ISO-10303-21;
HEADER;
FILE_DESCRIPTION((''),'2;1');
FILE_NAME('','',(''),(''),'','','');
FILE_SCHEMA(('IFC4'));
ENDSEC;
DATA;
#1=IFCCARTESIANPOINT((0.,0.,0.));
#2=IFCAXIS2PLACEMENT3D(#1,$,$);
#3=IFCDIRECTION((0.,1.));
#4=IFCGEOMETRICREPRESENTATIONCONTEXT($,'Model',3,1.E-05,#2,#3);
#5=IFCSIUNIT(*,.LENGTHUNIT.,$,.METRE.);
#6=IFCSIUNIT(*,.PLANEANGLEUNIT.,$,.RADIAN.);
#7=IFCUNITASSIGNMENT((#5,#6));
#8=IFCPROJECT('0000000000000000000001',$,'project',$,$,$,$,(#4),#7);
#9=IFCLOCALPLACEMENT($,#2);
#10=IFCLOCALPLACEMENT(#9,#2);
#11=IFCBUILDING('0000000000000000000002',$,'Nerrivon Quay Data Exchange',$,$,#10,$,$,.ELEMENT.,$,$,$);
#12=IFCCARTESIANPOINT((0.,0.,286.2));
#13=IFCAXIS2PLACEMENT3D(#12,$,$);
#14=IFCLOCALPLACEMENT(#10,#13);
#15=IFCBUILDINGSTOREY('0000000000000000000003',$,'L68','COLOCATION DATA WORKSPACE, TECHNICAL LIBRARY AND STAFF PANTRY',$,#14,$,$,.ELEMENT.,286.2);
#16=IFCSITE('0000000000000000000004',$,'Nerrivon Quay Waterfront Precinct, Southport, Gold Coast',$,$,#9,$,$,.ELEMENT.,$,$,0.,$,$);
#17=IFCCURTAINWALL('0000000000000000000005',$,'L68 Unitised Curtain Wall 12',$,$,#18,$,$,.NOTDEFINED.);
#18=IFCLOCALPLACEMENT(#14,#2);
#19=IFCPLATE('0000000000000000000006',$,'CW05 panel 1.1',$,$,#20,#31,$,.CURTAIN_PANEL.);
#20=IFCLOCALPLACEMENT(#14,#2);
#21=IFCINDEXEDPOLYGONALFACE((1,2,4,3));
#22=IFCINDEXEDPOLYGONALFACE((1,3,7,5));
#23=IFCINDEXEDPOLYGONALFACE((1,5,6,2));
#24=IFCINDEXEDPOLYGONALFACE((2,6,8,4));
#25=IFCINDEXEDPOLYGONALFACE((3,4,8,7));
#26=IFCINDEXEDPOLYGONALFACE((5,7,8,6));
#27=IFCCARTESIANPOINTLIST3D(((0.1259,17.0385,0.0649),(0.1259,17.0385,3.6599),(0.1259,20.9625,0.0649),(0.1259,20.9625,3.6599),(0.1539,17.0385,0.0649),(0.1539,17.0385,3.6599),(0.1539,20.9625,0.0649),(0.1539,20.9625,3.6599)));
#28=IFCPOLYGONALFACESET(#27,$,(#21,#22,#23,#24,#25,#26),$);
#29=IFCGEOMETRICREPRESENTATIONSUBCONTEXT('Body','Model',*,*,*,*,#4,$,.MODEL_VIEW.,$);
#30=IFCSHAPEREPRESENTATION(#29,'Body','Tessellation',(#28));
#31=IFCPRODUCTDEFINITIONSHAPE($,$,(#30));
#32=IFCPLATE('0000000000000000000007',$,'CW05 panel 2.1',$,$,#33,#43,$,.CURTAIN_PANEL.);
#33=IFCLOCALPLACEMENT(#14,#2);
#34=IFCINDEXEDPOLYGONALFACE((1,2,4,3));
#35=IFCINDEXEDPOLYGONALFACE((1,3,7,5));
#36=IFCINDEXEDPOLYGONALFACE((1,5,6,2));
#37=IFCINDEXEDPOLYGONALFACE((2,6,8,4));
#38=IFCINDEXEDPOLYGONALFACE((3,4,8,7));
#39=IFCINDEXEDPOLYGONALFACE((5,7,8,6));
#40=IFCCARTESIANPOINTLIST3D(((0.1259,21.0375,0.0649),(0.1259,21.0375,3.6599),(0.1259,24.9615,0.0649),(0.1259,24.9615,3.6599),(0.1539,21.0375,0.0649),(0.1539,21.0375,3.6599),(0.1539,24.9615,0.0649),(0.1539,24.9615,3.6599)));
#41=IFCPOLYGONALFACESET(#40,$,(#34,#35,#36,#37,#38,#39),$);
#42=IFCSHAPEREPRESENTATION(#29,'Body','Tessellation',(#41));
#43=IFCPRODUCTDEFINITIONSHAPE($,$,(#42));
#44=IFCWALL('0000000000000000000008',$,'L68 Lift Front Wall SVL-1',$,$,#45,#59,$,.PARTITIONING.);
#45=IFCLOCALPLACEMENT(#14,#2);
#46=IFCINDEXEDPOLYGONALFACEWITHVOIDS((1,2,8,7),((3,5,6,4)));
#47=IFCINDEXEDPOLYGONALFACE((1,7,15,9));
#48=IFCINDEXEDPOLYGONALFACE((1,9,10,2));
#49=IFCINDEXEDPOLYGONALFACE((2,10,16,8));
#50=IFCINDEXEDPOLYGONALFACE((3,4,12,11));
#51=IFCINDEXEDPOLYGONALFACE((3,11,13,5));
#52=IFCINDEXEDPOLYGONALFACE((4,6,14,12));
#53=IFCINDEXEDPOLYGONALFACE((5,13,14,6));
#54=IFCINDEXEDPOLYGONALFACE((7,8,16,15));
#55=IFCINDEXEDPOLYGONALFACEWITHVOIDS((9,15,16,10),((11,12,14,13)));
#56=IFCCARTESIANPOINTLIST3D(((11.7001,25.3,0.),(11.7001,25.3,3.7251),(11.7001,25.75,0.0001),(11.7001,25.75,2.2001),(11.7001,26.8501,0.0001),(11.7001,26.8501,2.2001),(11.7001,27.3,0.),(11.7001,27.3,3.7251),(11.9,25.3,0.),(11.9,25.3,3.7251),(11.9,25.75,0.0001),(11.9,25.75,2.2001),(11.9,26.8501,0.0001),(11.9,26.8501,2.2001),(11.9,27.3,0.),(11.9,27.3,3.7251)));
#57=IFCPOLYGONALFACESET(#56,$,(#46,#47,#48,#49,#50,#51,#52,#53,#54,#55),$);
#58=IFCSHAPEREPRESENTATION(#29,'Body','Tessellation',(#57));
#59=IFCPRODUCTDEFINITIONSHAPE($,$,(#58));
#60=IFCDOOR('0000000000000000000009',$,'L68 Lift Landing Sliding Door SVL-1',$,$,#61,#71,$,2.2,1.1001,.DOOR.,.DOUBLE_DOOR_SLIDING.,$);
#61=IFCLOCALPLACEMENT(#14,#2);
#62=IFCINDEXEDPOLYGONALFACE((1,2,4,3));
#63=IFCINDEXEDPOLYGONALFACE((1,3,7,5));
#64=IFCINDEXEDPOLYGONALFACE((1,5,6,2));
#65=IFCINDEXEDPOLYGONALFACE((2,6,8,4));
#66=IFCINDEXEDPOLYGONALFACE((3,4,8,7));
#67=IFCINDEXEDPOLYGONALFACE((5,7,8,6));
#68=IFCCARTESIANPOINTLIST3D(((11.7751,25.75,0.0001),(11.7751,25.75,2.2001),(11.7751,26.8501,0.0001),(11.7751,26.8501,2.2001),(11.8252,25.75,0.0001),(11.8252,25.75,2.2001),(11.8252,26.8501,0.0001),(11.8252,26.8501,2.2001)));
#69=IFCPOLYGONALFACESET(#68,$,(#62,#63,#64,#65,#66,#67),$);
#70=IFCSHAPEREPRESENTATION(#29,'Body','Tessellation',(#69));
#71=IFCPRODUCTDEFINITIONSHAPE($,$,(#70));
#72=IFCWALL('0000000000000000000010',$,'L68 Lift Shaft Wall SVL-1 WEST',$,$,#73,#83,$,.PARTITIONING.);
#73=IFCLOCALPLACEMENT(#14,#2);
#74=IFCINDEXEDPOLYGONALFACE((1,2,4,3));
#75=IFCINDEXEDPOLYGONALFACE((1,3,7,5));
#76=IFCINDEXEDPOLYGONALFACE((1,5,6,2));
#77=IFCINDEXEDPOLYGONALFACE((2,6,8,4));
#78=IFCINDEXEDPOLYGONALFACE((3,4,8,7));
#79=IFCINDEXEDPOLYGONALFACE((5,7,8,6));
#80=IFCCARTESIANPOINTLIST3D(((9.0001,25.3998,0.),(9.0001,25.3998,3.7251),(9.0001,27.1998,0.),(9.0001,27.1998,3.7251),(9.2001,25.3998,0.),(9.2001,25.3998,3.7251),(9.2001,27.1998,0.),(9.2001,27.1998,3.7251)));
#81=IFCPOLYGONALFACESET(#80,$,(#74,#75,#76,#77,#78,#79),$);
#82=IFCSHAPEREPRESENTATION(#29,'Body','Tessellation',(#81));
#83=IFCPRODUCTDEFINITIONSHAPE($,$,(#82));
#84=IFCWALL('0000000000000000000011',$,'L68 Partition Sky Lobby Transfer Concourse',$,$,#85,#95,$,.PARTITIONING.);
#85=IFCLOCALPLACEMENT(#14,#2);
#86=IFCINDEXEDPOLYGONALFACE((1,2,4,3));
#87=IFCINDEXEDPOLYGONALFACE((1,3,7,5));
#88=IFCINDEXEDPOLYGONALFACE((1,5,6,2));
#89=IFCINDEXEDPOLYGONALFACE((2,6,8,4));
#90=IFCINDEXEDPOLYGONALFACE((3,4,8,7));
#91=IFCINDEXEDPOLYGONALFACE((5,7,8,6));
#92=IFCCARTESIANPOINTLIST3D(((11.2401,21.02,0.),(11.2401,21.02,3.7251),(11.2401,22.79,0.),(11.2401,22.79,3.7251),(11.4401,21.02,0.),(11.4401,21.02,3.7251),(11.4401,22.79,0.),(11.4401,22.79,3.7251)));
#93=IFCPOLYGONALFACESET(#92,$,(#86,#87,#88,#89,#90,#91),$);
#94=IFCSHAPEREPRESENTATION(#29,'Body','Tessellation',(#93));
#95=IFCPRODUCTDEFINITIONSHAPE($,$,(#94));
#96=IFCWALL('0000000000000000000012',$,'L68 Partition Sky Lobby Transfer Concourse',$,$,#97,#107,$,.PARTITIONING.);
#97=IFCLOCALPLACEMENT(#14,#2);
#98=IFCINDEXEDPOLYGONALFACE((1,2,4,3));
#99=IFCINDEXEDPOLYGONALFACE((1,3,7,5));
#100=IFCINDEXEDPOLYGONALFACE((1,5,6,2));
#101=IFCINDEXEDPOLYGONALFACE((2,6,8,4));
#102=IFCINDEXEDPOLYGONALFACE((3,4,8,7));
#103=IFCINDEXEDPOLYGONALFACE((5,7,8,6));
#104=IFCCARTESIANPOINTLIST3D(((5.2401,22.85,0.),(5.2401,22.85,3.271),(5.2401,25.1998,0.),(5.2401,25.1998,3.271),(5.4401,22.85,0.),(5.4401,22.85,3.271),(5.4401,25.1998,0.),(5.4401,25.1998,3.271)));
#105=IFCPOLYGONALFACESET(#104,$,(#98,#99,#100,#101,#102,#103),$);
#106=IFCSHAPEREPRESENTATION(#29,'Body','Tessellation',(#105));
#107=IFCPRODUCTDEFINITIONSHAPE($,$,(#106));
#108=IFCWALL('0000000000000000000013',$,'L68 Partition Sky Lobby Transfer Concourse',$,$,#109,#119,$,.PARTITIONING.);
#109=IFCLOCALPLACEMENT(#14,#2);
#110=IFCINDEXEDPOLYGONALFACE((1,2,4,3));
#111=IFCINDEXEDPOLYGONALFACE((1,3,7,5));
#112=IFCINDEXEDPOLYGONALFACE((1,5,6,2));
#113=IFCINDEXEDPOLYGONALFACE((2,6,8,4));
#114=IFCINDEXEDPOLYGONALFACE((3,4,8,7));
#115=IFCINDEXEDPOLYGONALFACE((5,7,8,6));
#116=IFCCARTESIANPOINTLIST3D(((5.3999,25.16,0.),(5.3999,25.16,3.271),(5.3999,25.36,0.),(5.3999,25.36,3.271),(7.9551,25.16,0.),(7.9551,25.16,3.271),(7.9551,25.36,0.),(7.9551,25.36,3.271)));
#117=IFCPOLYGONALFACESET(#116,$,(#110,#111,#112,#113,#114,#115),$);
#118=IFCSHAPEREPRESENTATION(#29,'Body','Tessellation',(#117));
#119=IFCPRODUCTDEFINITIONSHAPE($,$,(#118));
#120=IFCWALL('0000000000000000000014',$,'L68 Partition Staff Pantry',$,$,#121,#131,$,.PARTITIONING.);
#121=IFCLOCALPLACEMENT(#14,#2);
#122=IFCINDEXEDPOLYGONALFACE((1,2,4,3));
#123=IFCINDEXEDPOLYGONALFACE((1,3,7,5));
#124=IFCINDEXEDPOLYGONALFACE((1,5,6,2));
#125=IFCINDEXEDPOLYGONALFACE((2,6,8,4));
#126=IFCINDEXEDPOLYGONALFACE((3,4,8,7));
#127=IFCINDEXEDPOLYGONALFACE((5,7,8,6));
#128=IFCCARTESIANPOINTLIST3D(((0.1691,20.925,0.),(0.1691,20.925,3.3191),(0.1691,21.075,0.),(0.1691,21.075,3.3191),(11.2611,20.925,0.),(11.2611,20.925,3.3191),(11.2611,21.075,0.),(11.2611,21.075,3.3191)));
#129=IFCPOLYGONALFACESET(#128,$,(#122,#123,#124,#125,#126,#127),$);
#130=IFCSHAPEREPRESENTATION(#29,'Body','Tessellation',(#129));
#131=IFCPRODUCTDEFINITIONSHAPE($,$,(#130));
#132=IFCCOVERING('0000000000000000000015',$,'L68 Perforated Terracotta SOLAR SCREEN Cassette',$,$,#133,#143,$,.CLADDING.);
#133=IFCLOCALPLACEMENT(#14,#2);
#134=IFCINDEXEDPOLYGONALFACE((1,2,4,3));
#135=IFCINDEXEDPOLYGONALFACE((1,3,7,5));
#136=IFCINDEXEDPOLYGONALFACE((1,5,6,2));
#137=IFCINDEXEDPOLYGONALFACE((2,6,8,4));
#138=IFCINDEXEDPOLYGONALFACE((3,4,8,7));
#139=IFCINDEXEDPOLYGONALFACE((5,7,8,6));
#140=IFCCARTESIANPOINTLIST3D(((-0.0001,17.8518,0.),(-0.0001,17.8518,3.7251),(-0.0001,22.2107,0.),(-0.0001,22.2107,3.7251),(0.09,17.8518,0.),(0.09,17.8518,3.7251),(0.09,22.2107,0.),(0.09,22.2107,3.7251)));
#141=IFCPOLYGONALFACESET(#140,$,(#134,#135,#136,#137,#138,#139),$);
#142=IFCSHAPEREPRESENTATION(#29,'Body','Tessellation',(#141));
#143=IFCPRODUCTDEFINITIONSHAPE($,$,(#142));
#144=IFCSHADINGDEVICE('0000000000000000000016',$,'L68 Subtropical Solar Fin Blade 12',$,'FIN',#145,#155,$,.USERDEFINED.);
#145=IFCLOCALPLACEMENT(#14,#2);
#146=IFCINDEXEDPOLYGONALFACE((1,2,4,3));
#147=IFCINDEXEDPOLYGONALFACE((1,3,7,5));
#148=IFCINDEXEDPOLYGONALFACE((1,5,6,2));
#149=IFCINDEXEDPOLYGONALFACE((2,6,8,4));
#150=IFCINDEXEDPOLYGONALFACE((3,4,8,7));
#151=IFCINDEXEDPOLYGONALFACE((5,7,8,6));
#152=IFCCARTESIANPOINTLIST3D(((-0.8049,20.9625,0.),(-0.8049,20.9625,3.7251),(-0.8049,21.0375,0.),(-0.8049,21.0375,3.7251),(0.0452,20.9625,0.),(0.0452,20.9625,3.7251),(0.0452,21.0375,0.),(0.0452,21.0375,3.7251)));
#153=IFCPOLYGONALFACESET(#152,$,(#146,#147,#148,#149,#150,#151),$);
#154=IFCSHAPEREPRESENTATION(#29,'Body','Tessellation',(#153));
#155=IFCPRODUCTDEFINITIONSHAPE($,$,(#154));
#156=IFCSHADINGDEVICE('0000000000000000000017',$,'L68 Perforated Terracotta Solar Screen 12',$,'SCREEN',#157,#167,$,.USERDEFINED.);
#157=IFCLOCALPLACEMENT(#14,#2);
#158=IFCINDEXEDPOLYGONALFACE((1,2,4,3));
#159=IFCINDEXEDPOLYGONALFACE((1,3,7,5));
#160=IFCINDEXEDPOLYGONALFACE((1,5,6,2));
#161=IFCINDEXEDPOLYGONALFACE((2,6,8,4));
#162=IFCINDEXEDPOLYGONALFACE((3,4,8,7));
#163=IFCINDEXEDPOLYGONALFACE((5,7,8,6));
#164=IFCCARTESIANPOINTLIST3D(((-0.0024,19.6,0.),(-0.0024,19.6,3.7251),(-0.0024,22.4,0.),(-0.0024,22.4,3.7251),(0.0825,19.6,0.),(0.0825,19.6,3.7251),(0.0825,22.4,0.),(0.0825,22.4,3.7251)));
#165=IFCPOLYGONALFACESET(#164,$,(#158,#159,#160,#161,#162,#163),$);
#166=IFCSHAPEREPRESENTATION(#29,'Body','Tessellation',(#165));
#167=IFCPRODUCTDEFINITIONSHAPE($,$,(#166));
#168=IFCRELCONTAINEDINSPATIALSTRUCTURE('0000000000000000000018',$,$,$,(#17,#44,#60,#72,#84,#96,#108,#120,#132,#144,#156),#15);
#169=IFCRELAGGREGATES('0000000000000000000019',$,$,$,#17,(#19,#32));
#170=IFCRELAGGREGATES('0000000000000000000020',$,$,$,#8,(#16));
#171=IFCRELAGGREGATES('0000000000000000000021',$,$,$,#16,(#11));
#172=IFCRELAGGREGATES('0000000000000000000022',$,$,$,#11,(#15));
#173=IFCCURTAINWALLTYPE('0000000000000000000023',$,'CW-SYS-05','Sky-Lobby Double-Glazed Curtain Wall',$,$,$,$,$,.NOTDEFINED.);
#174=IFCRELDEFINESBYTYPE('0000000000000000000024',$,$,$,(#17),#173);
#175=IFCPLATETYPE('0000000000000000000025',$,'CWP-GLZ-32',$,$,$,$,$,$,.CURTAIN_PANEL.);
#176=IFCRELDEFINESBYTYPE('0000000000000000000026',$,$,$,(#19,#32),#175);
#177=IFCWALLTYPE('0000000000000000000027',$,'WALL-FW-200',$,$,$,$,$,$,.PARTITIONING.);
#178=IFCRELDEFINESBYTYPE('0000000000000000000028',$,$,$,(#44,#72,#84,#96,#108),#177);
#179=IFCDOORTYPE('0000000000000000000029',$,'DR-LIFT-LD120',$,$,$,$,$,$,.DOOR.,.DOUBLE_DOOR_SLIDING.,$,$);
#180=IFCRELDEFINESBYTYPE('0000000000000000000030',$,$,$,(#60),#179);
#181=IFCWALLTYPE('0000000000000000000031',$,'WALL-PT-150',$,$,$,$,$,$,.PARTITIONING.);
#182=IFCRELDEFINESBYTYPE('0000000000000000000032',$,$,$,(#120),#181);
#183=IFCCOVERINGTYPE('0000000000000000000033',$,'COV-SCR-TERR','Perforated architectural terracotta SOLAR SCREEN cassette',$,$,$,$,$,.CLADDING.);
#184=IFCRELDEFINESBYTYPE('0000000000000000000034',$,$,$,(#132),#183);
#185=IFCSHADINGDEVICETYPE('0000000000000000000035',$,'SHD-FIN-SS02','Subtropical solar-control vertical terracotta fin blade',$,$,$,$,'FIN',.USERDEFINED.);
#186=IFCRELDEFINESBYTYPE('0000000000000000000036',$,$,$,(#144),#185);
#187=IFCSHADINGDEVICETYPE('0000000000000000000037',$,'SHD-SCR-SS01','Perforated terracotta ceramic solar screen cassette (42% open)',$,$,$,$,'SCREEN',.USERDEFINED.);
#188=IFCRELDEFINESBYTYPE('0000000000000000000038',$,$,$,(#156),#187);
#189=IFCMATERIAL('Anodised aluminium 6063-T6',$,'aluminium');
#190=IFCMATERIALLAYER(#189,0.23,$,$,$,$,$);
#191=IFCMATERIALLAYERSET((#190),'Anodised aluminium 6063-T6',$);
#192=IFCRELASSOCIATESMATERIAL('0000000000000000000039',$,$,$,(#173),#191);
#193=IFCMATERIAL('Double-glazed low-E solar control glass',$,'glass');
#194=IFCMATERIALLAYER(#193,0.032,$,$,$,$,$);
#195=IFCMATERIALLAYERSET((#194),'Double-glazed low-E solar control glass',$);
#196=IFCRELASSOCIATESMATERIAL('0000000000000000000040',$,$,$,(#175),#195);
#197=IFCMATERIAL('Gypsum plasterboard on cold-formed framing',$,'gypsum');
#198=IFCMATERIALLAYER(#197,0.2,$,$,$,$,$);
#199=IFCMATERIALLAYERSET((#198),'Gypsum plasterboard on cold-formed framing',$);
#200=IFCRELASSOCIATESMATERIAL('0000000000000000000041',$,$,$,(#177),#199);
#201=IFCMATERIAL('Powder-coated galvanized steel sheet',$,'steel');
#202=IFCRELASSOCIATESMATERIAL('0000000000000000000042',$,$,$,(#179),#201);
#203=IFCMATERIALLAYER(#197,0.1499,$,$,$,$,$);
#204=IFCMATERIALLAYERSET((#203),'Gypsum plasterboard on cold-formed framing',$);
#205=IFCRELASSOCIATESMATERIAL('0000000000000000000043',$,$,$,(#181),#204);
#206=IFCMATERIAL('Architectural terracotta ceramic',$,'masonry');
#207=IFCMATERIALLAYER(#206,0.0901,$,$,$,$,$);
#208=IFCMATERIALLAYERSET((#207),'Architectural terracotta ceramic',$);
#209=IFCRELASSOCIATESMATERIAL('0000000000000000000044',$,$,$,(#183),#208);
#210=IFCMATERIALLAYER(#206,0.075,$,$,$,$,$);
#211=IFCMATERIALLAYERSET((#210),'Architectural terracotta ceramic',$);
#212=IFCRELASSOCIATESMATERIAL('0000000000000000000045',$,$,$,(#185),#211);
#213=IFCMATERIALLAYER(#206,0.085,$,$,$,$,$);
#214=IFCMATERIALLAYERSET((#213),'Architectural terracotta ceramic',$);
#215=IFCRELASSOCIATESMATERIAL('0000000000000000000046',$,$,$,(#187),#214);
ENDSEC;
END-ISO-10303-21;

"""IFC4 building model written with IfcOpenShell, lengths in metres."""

from ifc_helpers import new_model, si_unit, direction, frame, frame_2d, origin, origin_2d, place, context, subcontext, project, spatial, rectangle, extrude, material, layer, layer_set, type_object, element, fill, aggregate, save


model = new_model("IFC4")

# Units and contexts
model_context = context("Model", 3, precision=1e-05, world=origin(), true_north=direction((0.0, 1.0)))
body_context = subcontext(model_context, "Body", "Model", "MODEL_VIEW")
ifc_project = project(units=[si_unit("LENGTHUNIT", "METRE"), si_unit("PLANEANGLEUNIT", "RADIAN")], contexts=[model_context])

# Site, building, storey
site_placement = place(None, origin())
site = spatial("IfcSite", under=ifc_project, at=site_placement, Name="Nerrivon Quay Waterfront Precinct, Southport, Gold Coast", CompositionType="ELEMENT", RefElevation=0.0)
building_placement = place(site_placement, origin())
building = spatial("IfcBuilding", under=site, at=building_placement, Name="Nerrivon Quay Data Exchange", CompositionType="ELEMENT")
storey_placement = place(building_placement, frame((0.0, 0.0, 286.2)))
storey = spatial("IfcBuildingStorey", under=building, at=storey_placement, Name="L68", Description="COLOCATION DATA WORKSPACE, TECHNICAL LIBRARY AND STAFF PANTRY", CompositionType="ELEMENT", Elevation=286.2)

# Curtain wall
ifc_material_1 = material(Name="Anodised aluminium 6063-T6", Category="aluminium")
ifc_layer_1 = layer(ifc_material_1, 0.23)
ifc_layer_set_1 = layer_set([ifc_layer_1], Name="Anodised aluminium 6063-T6")
curtain_wall_type = type_object("IfcCurtainWallType", Name="CW-SYS-05", Description="Sky-Lobby Double-Glazed Curtain Wall", PredefinedType="NOTDEFINED", material=ifc_layer_set_1)
curtain_wall_1_placement = place(storey_placement, origin())
curtain_wall_1 = element("IfcCurtainWall", 1, at=curtain_wall_1_placement, inside=storey, type_object=curtain_wall_type, Name="L68 Unitised Curtain Wall 12", PredefinedType="NOTDEFINED")

# Plates
ifc_material_2 = material(Name="Double-glazed low-E solar control glass", Category="glass")
ifc_layer_2 = layer(ifc_material_2, 0.032)
ifc_layer_set_2 = layer_set([ifc_layer_2], Name="Double-glazed low-E solar control glass")
plate_type = type_object("IfcPlateType", Name="CWP-GLZ-32", PredefinedType="CURTAIN_PANEL", material=ifc_layer_set_2)
plate_1_placement = place(storey_placement, frame((0.1399, 19.0005, 0.0649), z_axis=(0.0, 0.0, 1.0), x_axis=(0.0, 1.0, 0.0)))
plate_1 = element("IfcPlate", 2, at=plate_1_placement, type_object=plate_type, Name="CW05 panel 1.1", PredefinedType="CURTAIN_PANEL", context=body_context, shape_type="SweptSolid", body=[
    extrude(rectangle(XDim=3.9241, YDim=0.0281, at=origin_2d()), origin(), (0.0, 0.0, 1.0), 3.595),
])
plate_2_placement = place(storey_placement, frame((0.1399, 22.9995, 0.0649), z_axis=(0.0, 0.0, 1.0), x_axis=(0.0, 1.0, 0.0)))
plate_2 = element("IfcPlate", 3, at=plate_2_placement, type_object=plate_type, Name="CW05 panel 2.1", PredefinedType="CURTAIN_PANEL", context=body_context, shape_type="SweptSolid", body=[
    extrude(rectangle(XDim=3.9241, YDim=0.0281, at=origin_2d()), origin(), (0.0, 0.0, 1.0), 3.595),
])
aggregate(curtain_wall_1, [plate_1, plate_2])

# Wall, opening, door
ifc_material_3 = material(Name="Powder-coated galvanized steel sheet", Category="steel")
ifc_material_4 = material(Name="Gypsum plasterboard on cold-formed framing", Category="gypsum")
ifc_layer_3 = layer(ifc_material_4, 0.2)
ifc_layer_set_3 = layer_set([ifc_layer_3], Name="Gypsum plasterboard on cold-formed framing")
wall_type_1 = type_object("IfcWallType", Name="WALL-FW-200", PredefinedType="PARTITIONING", material=ifc_layer_set_3)
wall_1_placement = place(storey_placement, frame((11.8, 25.3, 0.0), z_axis=(0.0, 0.0, 1.0), x_axis=(0.0, 1.0, 0.0)))
wall_1 = element("IfcWall", 4, at=wall_1_placement, inside=storey, type_object=wall_type_1, Name="L68 Lift Front Wall SVL-1", PredefinedType="PARTITIONING", context=body_context, shape_type="SweptSolid", body=[
    extrude(rectangle(XDim=2.0, YDim=0.2, at=frame_2d((1.0, 0.0))), origin(), (0.0, 0.0, 1.0), 3.7251),
])
opening_1_placement = place(wall_1_placement, frame((0.45, 0.0, 0.0)))
opening_1 = element("IfcOpeningElement", 5, at=opening_1_placement, cuts=wall_1, PredefinedType="OPENING", context=body_context, shape_type="SweptSolid", body=[
    extrude(rectangle(XDim=1.1001, YDim=2.2, at=frame_2d((0.55, 1.1001))), frame((0.0, 0.1099, 0.0), z_axis=(0.0, -1.0, 0.0), x_axis=(1.0, 0.0, 0.0)), (0.0, 0.0, 1.0), 0.22),
])
door_type_1 = type_object("IfcDoorType", Name="DR-LIFT-LD120", OperationType="DOUBLE_DOOR_SLIDING", PredefinedType="DOOR", material=ifc_material_3)
door_1_placement = place(opening_1_placement, origin())
door_1 = element("IfcDoor", 6, at=door_1_placement, inside=storey, type_object=door_type_1, Name="L68 Lift Landing Sliding Door SVL-1", OperationType="DOUBLE_DOOR_SLIDING", OverallHeight=2.2, OverallWidth=1.1001, PredefinedType="DOOR", context=body_context, shape_type="SweptSolid", body=[
    extrude(rectangle(XDim=1.1001, YDim=2.2, at=frame_2d((0.55, 1.1001))), frame((0.0, 0.0249, 0.0), z_axis=(0.0, -1.0, 0.0), x_axis=(1.0, 0.0, 0.0)), (0.0, 0.0, 1.0), 0.05),
])
fill(opening_1, door_1)

# Walls
wall_2_placement = place(storey_placement, frame((9.1001, 25.3999, 0.0), z_axis=(0.0, 0.0, 1.0), x_axis=(0.0, 1.0, 0.0)))
element("IfcWall", 7, at=wall_2_placement, inside=storey, type_object=wall_type_1, Name="L68 Lift Shaft Wall SVL-1 WEST", PredefinedType="PARTITIONING", context=body_context, shape_type="SweptSolid", body=[
    extrude(rectangle(XDim=1.8, YDim=0.2, at=frame_2d((0.8999, 0.0))), origin(), (0.0, 0.0, 1.0), 3.7251),
])
wall_3_placement = place(storey_placement, frame((11.3401, 21.02, 0.0), z_axis=(0.0, 0.0, 1.0), x_axis=(0.0, 1.0, 0.0)))
element("IfcWall", 8, at=wall_3_placement, inside=storey, type_object=wall_type_1, Name="L68 Partition Sky Lobby Transfer Concourse", PredefinedType="PARTITIONING", context=body_context, shape_type="SweptSolid", body=[
    extrude(rectangle(XDim=1.77, YDim=0.2, at=frame_2d((0.885, 0.0))), origin(), (0.0, 0.0, 1.0), 3.7251),
])

# Walls
wall_4_placement = place(storey_placement, frame((5.3401, 22.8501, 0.0), z_axis=(0.0, 0.0, 1.0), x_axis=(0.0, 1.0, 0.0)))
element("IfcWall", 9, at=wall_4_placement, inside=storey, type_object=wall_type_1, Name="L68 Partition Sky Lobby Transfer Concourse", PredefinedType="PARTITIONING", context=body_context, shape_type="SweptSolid", body=[
    extrude(rectangle(XDim=2.3499, YDim=0.2, at=frame_2d((1.1748, 0.0))), origin(), (0.0, 0.0, 1.0), 3.271),
])
wall_5_placement = place(storey_placement, frame((5.3999, 25.26, 0.0), z_axis=(0.0, 0.0, 1.0), x_axis=(1.0, 0.0, 0.0)))
element("IfcWall", 10, at=wall_5_placement, inside=storey, type_object=wall_type_1, Name="L68 Partition Sky Lobby Transfer Concourse", PredefinedType="PARTITIONING", context=body_context, shape_type="SweptSolid", body=[
    extrude(rectangle(XDim=2.5552, YDim=0.2, at=frame_2d((1.2776, 0.0))), origin(), (0.0, 0.0, 1.0), 3.271),
])
ifc_layer_4 = layer(ifc_material_4, 0.1499)
ifc_layer_set_4 = layer_set([ifc_layer_4], Name="Gypsum plasterboard on cold-formed framing")
wall_type_2 = type_object("IfcWallType", Name="WALL-PT-150", PredefinedType="PARTITIONING", material=ifc_layer_set_4)
wall_6_placement = place(storey_placement, frame((11.261, 21.0, 0.0), z_axis=(0.0, 0.0, 1.0), x_axis=(-1.0, 0.0, 0.0)))
element("IfcWall", 11, at=wall_6_placement, inside=storey, type_object=wall_type_2, Name="L68 Partition Staff Pantry", PredefinedType="PARTITIONING", context=body_context, shape_type="SweptSolid", body=[
    extrude(rectangle(XDim=11.092, YDim=0.1499, at=frame_2d((5.5459, 0.0))), origin(), (0.0, 0.0, 1.0), 3.3191),
])

# Covering
ifc_material_5 = material(Name="Architectural terracotta ceramic", Category="masonry")
ifc_layer_5 = layer(ifc_material_5, 0.0901)
ifc_layer_set_5 = layer_set([ifc_layer_5], Name="Architectural terracotta ceramic")
covering_type = type_object("IfcCoveringType", Name="COV-SCR-TERR", Description="Perforated architectural terracotta SOLAR SCREEN cassette", PredefinedType="CLADDING", material=ifc_layer_set_5)
covering_placement = place(storey_placement, frame((0.0449, 20.0312, 0.0), z_axis=(0.0, 0.0, 1.0), x_axis=(0.0, 1.0, 0.0)))
element("IfcCovering", 12, at=covering_placement, inside=storey, type_object=covering_type, Name="L68 Perforated Terracotta SOLAR SCREEN Cassette", PredefinedType="CLADDING", context=body_context, shape_type="SweptSolid", body=[
    extrude(rectangle(XDim=4.3589, YDim=0.0901, at=origin_2d()), origin(), (0.0, 0.0, 1.0), 3.7251),
])

# Shading devices
ifc_layer_6 = layer(ifc_material_5, 0.075)
ifc_layer_set_6 = layer_set([ifc_layer_6], Name="Architectural terracotta ceramic")
shading_device_type_1 = type_object("IfcShadingDeviceType", Name="SHD-FIN-SS02", Description="Subtropical solar-control vertical terracotta fin blade", ElementType="FIN", PredefinedType="USERDEFINED", material=ifc_layer_set_6)
shading_device_1_placement = place(storey_placement, frame((-0.3799, 21.0, 0.0), z_axis=(0.0, 0.0, 1.0), x_axis=(0.0, 1.0, 0.0)))
element("IfcShadingDevice", 13, at=shading_device_1_placement, inside=storey, type_object=shading_device_type_1, Name="L68 Subtropical Solar Fin Blade 12", ObjectType="FIN", PredefinedType="USERDEFINED", context=body_context, shape_type="SweptSolid", body=[
    extrude(rectangle(XDim=0.075, YDim=0.8501, at=origin_2d()), origin(), (0.0, 0.0, 1.0), 3.7251),
])
ifc_layer_7 = layer(ifc_material_5, 0.085)
ifc_layer_set_7 = layer_set([ifc_layer_7], Name="Architectural terracotta ceramic")
shading_device_type_2 = type_object("IfcShadingDeviceType", Name="SHD-SCR-SS01", Description="Perforated terracotta ceramic solar screen cassette (42% open)", ElementType="SCREEN", PredefinedType="USERDEFINED", material=ifc_layer_set_7)
shading_device_2_placement = place(storey_placement, frame((0.04, 21.0, 0.0), z_axis=(0.0, 0.0, 1.0), x_axis=(0.0, 1.0, 0.0)))
element("IfcShadingDevice", 14, at=shading_device_2_placement, inside=storey, type_object=shading_device_type_2, Name="L68 Perforated Terracotta Solar Screen 12", ObjectType="SCREEN", PredefinedType="USERDEFINED", context=body_context, shape_type="SweptSolid", body=[
    extrude(rectangle(XDim=2.8, YDim=0.085, at=origin_2d()), origin(), (0.0, 0.0, 1.0), 3.7251),
])

save(model, "model.ifc")
